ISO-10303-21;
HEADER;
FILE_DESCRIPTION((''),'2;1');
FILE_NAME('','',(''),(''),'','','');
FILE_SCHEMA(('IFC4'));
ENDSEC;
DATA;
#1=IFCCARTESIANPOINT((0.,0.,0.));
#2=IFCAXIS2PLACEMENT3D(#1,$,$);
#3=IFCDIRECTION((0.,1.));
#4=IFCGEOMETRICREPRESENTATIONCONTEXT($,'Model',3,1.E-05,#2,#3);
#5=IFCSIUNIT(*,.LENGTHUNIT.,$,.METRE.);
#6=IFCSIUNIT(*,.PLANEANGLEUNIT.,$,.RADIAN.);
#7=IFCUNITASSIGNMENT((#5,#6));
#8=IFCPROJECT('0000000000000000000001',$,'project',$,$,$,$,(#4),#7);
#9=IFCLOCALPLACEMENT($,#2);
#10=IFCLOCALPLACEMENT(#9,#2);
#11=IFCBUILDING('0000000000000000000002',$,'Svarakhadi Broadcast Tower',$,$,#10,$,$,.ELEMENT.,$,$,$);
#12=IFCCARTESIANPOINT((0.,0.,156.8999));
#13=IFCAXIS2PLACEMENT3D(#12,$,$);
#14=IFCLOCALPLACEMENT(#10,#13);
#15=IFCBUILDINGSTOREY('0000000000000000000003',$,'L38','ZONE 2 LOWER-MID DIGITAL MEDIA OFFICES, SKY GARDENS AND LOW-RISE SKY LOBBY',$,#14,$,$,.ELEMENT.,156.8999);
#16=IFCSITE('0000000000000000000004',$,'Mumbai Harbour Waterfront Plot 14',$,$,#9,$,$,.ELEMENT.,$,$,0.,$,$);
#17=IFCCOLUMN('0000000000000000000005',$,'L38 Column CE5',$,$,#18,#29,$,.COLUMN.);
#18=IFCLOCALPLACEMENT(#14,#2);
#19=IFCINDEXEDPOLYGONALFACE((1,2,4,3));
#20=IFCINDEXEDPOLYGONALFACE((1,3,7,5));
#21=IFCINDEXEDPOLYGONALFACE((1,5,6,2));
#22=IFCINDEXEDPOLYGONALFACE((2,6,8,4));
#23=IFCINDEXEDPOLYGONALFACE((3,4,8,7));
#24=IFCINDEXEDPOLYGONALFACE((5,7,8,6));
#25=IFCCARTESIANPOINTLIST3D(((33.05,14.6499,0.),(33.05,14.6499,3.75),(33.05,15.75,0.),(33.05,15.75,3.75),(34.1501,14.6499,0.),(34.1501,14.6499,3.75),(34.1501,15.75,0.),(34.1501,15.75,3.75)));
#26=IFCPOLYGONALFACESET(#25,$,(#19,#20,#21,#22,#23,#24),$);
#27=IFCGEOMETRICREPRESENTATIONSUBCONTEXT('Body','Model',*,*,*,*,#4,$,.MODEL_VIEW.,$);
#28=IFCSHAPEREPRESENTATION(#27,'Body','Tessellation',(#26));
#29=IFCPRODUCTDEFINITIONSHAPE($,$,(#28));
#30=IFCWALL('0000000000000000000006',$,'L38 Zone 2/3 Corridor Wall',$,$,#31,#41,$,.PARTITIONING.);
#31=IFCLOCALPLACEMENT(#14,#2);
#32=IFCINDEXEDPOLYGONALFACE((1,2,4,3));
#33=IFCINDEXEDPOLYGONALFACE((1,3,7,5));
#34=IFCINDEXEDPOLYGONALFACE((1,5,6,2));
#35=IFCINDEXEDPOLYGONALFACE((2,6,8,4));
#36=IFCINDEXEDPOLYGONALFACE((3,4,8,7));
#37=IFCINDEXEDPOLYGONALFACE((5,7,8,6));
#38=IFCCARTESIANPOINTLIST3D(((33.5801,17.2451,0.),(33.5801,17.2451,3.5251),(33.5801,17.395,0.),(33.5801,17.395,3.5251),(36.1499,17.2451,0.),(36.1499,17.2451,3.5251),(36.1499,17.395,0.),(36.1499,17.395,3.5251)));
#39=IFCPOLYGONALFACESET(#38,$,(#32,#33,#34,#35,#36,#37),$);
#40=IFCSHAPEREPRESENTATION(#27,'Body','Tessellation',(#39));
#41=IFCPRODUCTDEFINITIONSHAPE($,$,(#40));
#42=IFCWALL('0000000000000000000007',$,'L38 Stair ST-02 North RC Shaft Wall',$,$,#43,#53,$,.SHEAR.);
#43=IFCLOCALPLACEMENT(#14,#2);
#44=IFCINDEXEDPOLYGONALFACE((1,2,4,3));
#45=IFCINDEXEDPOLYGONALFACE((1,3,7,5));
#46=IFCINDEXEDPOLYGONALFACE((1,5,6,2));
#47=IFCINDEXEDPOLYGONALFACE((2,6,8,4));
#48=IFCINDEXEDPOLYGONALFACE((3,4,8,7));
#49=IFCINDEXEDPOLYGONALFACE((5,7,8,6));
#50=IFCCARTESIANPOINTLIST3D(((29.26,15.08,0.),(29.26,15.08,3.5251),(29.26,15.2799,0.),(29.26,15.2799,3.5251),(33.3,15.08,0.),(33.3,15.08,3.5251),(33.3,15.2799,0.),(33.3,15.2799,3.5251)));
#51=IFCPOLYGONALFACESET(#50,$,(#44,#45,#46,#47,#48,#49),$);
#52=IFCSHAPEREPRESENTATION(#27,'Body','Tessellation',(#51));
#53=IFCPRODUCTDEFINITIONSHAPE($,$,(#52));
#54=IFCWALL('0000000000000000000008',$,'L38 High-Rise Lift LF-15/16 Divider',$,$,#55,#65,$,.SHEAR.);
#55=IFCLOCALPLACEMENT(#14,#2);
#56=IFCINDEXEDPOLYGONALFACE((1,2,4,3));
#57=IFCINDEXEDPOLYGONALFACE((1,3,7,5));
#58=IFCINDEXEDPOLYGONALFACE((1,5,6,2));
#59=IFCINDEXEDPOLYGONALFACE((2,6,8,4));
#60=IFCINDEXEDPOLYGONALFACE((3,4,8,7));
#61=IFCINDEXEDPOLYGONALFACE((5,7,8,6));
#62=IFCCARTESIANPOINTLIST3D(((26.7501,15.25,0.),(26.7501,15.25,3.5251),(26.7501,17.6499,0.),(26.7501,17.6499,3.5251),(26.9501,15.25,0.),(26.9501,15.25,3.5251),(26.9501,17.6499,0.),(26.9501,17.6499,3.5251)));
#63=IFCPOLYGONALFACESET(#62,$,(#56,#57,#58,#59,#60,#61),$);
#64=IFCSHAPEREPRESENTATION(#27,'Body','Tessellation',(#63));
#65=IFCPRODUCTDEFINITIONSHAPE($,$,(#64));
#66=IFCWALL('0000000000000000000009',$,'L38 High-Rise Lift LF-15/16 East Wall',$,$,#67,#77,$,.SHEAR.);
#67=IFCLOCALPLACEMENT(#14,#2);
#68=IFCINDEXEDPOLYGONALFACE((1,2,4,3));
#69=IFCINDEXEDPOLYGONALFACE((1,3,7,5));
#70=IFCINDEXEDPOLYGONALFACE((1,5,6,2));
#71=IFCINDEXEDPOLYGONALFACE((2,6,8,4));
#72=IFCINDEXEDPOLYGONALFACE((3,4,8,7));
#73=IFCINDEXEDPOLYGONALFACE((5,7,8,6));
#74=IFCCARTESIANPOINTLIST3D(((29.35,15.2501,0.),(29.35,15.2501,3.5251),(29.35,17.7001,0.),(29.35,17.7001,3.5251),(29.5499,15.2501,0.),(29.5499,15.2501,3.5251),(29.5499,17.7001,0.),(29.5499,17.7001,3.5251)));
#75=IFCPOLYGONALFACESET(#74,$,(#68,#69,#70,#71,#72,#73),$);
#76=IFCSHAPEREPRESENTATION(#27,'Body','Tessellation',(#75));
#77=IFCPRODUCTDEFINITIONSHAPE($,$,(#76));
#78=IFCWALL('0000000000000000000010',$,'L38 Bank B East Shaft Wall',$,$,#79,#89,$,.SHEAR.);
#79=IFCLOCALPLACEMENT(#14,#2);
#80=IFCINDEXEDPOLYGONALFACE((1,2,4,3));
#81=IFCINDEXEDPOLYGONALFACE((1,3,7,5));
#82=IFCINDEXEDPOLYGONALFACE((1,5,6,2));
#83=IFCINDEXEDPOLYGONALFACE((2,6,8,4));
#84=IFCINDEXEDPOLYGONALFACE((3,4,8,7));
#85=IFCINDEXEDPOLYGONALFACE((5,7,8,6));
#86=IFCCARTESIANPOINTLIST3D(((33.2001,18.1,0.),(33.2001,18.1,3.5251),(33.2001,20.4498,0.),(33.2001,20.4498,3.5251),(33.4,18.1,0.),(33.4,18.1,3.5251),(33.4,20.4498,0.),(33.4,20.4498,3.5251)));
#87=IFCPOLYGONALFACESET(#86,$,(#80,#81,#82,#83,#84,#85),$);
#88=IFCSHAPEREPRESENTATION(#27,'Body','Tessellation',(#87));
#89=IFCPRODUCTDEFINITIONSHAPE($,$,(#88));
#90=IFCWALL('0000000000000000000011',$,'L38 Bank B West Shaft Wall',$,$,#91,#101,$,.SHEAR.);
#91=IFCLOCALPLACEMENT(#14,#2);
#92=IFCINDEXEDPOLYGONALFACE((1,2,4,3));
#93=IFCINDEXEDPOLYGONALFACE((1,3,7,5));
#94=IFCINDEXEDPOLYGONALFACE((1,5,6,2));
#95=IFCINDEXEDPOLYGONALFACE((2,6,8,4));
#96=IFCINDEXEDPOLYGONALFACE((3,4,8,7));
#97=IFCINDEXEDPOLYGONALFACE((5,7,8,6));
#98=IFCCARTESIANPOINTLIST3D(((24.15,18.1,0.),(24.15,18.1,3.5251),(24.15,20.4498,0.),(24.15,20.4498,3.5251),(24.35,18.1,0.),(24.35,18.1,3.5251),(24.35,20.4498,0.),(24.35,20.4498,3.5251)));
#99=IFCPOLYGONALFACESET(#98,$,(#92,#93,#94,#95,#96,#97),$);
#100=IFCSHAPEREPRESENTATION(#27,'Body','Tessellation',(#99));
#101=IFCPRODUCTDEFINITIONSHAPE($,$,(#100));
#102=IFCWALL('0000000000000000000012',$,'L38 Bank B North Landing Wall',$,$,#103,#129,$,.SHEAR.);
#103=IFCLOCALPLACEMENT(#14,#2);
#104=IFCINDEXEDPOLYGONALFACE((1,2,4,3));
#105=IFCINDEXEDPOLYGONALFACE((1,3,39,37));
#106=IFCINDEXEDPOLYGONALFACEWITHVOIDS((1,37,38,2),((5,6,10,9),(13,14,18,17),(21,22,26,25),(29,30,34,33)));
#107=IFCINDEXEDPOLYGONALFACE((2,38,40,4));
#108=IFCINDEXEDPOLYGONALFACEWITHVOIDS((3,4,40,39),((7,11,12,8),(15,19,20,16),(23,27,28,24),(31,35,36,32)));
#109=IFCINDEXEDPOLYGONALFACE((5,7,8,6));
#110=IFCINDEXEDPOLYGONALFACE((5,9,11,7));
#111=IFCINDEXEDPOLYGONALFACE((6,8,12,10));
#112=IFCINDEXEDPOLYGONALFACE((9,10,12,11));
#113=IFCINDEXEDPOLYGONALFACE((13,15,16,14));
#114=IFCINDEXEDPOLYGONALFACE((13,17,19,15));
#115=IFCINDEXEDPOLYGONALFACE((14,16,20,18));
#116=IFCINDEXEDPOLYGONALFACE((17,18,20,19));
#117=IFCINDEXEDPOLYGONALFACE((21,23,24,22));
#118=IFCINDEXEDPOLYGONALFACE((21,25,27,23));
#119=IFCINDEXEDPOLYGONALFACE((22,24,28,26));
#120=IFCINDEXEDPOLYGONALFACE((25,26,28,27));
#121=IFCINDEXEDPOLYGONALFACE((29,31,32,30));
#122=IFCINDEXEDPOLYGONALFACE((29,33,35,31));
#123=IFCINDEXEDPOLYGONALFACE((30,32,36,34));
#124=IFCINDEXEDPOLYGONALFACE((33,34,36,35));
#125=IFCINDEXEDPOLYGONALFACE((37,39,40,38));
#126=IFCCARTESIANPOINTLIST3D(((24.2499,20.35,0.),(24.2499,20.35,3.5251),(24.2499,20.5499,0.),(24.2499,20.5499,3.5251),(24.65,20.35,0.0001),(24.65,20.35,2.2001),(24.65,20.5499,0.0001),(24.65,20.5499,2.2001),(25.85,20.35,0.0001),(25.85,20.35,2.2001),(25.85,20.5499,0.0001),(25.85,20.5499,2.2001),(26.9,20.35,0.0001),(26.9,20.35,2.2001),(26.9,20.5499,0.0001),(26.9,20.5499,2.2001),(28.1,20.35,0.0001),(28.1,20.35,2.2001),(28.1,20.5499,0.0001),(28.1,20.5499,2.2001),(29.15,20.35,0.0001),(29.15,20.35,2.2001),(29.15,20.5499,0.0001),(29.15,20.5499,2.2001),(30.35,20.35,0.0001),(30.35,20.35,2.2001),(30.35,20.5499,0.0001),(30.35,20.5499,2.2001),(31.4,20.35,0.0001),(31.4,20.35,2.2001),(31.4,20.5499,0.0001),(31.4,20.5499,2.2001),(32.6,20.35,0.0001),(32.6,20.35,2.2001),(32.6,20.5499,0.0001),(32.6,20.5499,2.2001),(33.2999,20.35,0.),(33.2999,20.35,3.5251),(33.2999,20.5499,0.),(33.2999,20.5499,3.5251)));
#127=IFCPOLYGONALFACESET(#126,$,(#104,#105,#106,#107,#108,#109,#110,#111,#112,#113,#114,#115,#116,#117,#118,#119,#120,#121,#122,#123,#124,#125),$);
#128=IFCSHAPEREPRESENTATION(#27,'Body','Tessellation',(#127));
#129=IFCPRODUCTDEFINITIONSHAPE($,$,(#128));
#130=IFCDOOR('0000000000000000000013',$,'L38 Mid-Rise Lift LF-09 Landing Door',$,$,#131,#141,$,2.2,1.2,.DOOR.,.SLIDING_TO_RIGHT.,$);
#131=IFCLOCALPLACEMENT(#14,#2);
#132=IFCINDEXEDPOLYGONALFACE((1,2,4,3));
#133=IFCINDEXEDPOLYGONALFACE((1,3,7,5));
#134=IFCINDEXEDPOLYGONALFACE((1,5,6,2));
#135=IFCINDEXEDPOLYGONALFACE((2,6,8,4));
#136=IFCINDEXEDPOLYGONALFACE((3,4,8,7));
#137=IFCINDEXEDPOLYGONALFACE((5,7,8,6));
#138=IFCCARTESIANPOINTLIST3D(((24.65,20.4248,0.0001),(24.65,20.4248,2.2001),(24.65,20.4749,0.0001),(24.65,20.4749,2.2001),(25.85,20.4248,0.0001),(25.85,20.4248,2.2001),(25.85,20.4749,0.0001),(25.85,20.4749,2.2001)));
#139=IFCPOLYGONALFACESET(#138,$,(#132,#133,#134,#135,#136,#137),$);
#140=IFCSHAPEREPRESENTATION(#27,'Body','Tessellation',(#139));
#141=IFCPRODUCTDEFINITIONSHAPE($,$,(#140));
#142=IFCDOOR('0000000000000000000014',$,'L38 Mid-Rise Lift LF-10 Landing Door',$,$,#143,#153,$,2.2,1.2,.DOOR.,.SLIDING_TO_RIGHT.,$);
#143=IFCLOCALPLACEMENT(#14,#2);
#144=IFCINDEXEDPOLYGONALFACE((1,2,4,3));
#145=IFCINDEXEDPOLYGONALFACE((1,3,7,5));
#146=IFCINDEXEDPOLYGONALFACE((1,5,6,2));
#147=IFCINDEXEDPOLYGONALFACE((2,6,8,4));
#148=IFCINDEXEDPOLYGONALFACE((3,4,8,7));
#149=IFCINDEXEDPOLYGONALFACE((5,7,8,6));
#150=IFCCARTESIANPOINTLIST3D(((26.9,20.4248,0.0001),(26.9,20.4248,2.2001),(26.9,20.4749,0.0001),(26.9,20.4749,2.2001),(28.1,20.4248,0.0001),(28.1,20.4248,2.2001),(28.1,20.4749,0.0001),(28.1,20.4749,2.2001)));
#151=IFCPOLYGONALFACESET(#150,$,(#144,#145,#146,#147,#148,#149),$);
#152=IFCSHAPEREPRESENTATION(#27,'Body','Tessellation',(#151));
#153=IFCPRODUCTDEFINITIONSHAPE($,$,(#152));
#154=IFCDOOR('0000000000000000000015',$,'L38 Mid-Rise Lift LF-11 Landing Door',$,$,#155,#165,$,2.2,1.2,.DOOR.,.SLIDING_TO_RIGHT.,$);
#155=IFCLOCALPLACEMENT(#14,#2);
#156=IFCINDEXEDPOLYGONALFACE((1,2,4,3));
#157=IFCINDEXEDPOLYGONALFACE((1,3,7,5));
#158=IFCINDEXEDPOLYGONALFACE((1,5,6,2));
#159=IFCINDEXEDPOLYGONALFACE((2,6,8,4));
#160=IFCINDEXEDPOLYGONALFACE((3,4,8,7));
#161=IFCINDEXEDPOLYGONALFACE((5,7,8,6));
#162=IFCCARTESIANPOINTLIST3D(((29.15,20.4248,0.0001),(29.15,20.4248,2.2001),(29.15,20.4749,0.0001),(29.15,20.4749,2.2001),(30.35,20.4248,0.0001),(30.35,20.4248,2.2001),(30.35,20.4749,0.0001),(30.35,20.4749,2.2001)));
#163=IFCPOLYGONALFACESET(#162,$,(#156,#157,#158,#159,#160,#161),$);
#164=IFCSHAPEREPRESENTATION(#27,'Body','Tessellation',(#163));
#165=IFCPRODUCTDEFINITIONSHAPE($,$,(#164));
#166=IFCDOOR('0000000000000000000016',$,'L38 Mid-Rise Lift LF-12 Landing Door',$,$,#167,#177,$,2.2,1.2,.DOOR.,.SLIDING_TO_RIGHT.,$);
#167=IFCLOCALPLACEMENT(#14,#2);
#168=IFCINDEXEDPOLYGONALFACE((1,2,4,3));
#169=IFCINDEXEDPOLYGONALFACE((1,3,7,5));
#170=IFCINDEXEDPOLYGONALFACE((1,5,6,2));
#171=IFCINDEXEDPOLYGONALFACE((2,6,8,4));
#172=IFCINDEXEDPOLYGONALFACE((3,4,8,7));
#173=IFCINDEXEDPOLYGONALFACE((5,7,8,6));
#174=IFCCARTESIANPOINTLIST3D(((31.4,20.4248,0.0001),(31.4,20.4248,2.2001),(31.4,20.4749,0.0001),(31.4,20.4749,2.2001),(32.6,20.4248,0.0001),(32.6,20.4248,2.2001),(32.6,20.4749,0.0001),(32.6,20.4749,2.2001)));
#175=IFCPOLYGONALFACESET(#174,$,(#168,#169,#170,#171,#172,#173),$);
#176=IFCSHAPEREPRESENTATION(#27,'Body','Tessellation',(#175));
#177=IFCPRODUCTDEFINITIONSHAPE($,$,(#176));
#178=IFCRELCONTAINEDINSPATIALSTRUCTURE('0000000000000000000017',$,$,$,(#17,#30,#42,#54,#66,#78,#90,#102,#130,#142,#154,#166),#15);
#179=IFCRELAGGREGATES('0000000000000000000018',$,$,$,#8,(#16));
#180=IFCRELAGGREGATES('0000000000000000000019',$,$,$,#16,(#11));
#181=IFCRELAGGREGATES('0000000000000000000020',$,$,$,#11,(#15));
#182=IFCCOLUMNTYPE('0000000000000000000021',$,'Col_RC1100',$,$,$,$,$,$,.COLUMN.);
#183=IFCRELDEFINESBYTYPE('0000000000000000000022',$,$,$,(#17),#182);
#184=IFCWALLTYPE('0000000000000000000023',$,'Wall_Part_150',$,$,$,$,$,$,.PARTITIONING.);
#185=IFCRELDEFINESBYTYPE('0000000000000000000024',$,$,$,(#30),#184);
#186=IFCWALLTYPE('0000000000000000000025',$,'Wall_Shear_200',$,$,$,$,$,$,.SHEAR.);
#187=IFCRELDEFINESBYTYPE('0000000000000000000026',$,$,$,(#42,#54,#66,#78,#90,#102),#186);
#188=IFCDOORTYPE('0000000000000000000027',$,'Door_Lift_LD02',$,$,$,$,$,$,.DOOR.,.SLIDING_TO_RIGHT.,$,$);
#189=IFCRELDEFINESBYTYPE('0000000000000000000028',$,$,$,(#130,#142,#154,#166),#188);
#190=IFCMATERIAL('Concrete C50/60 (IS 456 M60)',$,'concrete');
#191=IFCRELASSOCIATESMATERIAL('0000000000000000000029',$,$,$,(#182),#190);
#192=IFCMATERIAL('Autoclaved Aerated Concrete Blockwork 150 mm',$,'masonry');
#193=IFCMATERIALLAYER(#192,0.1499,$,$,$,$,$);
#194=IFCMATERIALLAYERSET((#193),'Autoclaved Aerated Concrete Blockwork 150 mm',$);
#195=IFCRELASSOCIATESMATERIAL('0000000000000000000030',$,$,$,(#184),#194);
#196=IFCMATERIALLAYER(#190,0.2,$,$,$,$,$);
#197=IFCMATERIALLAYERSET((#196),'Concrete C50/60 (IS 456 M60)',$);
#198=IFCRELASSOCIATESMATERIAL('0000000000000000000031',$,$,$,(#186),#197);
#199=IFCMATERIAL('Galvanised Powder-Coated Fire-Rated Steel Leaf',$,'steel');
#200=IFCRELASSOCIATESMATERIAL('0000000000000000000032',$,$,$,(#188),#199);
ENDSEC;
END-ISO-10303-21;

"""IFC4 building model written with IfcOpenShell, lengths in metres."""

from ifc_helpers import new_model, si_unit, direction, frame, frame_2d, origin, origin_2d, place, context, subcontext, project, spatial, rectangle, extrude, material, layer, layer_set, material_profile, profile_set, type_object, element, fill, save


model = new_model("IFC4")

# Units and contexts
model_context = context("Model", 3, precision=1e-05, world=origin(), true_north=direction((0.0, 1.0)))
body_context = subcontext(model_context, "Body", "Model", "MODEL_VIEW")
ifc_project = project(units=[si_unit("LENGTHUNIT", "METRE"), si_unit("PLANEANGLEUNIT", "RADIAN")], contexts=[model_context])

# Site, building, storey
site_placement = place(None, origin())
site = spatial("IfcSite", under=ifc_project, at=site_placement, Name="Mumbai Harbour Waterfront Plot 14", CompositionType="ELEMENT", RefElevation=0.0)
building_placement = place(site_placement, origin())
building = spatial("IfcBuilding", under=site, at=building_placement, Name="Svarakhadi Broadcast Tower", CompositionType="ELEMENT")
storey_placement = place(building_placement, frame((0.0, 0.0, 156.8999)))
storey = spatial("IfcBuildingStorey", under=building, at=storey_placement, Name="L38", Description="ZONE 2 LOWER-MID DIGITAL MEDIA OFFICES, SKY GARDENS AND LOW-RISE SKY LOBBY", CompositionType="ELEMENT", Elevation=156.8999)

# Column
ifc_material_1 = material(Name="Concrete C50/60 (IS 456 M60)", Category="concrete")
ifc_material_profile = material_profile(ifc_material_1, rectangle(XDim=1.1001, YDim=1.1001, at=origin_2d()), Name="RC 1100x1100")
ifc_profile_set = profile_set([ifc_material_profile], Name="Concrete C50/60 (IS 456 M60)")
column_type = type_object("IfcColumnType", Name="Col_RC1100", PredefinedType="COLUMN", material=ifc_profile_set)
column_placement = place(storey_placement, frame((33.6001, 15.2, 0.0), z_axis=(0.0, 0.0, 1.0), x_axis=(1.0, 0.0, 0.0)))
element("IfcColumn", 1, at=column_placement, inside=storey, type_object=column_type, Name="L38 Column CE5", PredefinedType="COLUMN", context=body_context, shape_type="SweptSolid", body=[
    extrude(rectangle(XDim=1.1001, YDim=1.1001, at=origin_2d()), origin(), (0.0, 0.0, 1.0), 3.75),
])

# Walls
ifc_material_2 = material(Name="Autoclaved Aerated Concrete Blockwork 150 mm", Category="masonry")
ifc_layer_1 = layer(ifc_material_2, 0.1499)
ifc_layer_set_1 = layer_set([ifc_layer_1], Name="Autoclaved Aerated Concrete Blockwork 150 mm")
wall_type_1 = type_object("IfcWallType", Name="Wall_Part_150", PredefinedType="PARTITIONING", material=ifc_layer_set_1)
wall_1_placement = place(storey_placement, frame((33.5801, 17.3201, 0.0), z_axis=(0.0, 0.0, 1.0), x_axis=(1.0, 0.0, 0.0)))
element("IfcWall", 2, at=wall_1_placement, inside=storey, type_object=wall_type_1, Name="L38 Zone 2/3 Corridor Wall", PredefinedType="PARTITIONING", context=body_context, shape_type="SweptSolid", body=[
    extrude(rectangle(XDim=2.5698, YDim=0.1499, at=frame_2d((1.2849, 0.0))), origin(), (0.0, 0.0, 1.0), 3.5251),
])
ifc_layer_2 = layer(ifc_material_1, 0.2)
ifc_layer_set_2 = layer_set([ifc_layer_2], Name="Concrete C50/60 (IS 456 M60)")
wall_type_2 = type_object("IfcWallType", Name="Wall_Shear_200", PredefinedType="SHEAR", material=ifc_layer_set_2)
wall_2_placement = place(storey_placement, frame((29.26, 15.1799, 0.0), z_axis=(0.0, 0.0, 1.0), x_axis=(1.0, 0.0, 0.0)))
element("IfcWall", 3, at=wall_2_placement, inside=storey, type_object=wall_type_2, Name="L38 Stair ST-02 North RC Shaft Wall", PredefinedType="SHEAR", context=body_context, shape_type="SweptSolid", body=[
    extrude(rectangle(XDim=4.04, YDim=0.2, at=frame_2d((2.02, 0.0))), origin(), (0.0, 0.0, 1.0), 3.5251),
])

# Shared definitions
ifc_material_3 = material(Name="Galvanised Powder-Coated Fire-Rated Steel Leaf", Category="steel")

# Walls
wall_3_placement = place(storey_placement, frame((26.8501, 15.25, 0.0), z_axis=(0.0, 0.0, 1.0), x_axis=(0.0, 1.0, 0.0)))
element("IfcWall", 4, at=wall_3_placement, inside=storey, type_object=wall_type_2, Name="L38 High-Rise Lift LF-15/16 Divider", PredefinedType="SHEAR", context=body_context, shape_type="SweptSolid", body=[
    extrude(rectangle(XDim=2.3999, YDim=0.2, at=frame_2d((1.2, 0.0))), origin(), (0.0, 0.0, 1.0), 3.5251),
])
wall_4_placement = place(storey_placement, frame((29.45, 15.25, 0.0), z_axis=(0.0, 0.0, 1.0), x_axis=(0.0, 1.0, 0.0)))
element("IfcWall", 5, at=wall_4_placement, inside=storey, type_object=wall_type_2, Name="L38 High-Rise Lift LF-15/16 East Wall", PredefinedType="SHEAR", context=body_context, shape_type="SweptSolid", body=[
    extrude(rectangle(XDim=2.45, YDim=0.2, at=frame_2d((1.2251, 0.0))), origin(), (0.0, 0.0, 1.0), 3.5251),
])
for number, where, z_axis, x_axis, name in (
    (6, (33.3, 18.1001, 0.0), (0.0, 0.0, 1.0), (0.0, 1.0, 0.0), "L38 Bank B East Shaft Wall"),
    (7, (24.25, 18.1001, 0.0), (0.0, 0.0, 1.0), (0.0, 1.0, 0.0), "L38 Bank B West Shaft Wall"),
):
    element("IfcWall", number, at=place(storey_placement, frame(where, z_axis=z_axis, x_axis=x_axis)), inside=storey, type_object=wall_type_2, Name=name, PredefinedType="SHEAR", context=body_context, shape_type="SweptSolid", body=[
        extrude(rectangle(XDim=2.3499, YDim=0.2, at=frame_2d((1.1748, 0.0))), origin(), (0.0, 0.0, 1.0), 3.5251),
    ])

# Wall, openings, doors
wall_5_placement = place(storey_placement, frame((24.25, 20.45, 0.0), z_axis=(0.0, 0.0, 1.0), x_axis=(1.0, 0.0, 0.0)))
wall_5 = element("IfcWall", 8, at=wall_5_placement, inside=storey, type_object=wall_type_2, Name="L38 Bank B North Landing Wall", PredefinedType="SHEAR", context=body_context, shape_type="SweptSolid", body=[
    extrude(rectangle(XDim=9.05, YDim=0.2, at=frame_2d((4.5249, 0.0))), origin(), (0.0, 0.0, 1.0), 3.5251),
])
opening_1_placement = place(wall_5_placement, frame((0.3999, 0.0, 0.0)))
opening_1 = element("IfcOpeningElement", 9, at=opening_1_placement, cuts=wall_5, PredefinedType="OPENING", context=body_context, shape_type="SweptSolid", body=[
    extrude(rectangle(XDim=1.2, YDim=2.2, at=frame_2d((0.6001, 1.1001))), frame((0.0, 0.1099, 0.0), z_axis=(0.0, -1.0, 0.0), x_axis=(1.0, 0.0, 0.0)), (0.0, 0.0, 1.0), 0.22),
])
opening_2_placement = place(wall_5_placement, frame((2.6499, 0.0, 0.0)))
opening_2 = element("IfcOpeningElement", 10, at=opening_2_placement, cuts=wall_5, PredefinedType="OPENING", context=body_context, shape_type="SweptSolid", body=[
    extrude(rectangle(XDim=1.2, YDim=2.2, at=frame_2d((0.6001, 1.1001))), frame((0.0, 0.1099, 0.0), z_axis=(0.0, -1.0, 0.0), x_axis=(1.0, 0.0, 0.0)), (0.0, 0.0, 1.0), 0.22),
])
opening_3_placement = place(wall_5_placement, frame((4.8999, 0.0, 0.0)))
opening_3 = element("IfcOpeningElement", 11, at=opening_3_placement, cuts=wall_5, PredefinedType="OPENING", context=body_context, shape_type="SweptSolid", body=[
    extrude(rectangle(XDim=1.2, YDim=2.2, at=frame_2d((0.6001, 1.1001))), frame((0.0, 0.1099, 0.0), z_axis=(0.0, -1.0, 0.0), x_axis=(1.0, 0.0, 0.0)), (0.0, 0.0, 1.0), 0.22),
])
opening_4_placement = place(wall_5_placement, frame((7.1499, 0.0, 0.0)))
opening_4 = element("IfcOpeningElement", 12, at=opening_4_placement, cuts=wall_5, PredefinedType="OPENING", context=body_context, shape_type="SweptSolid", body=[
    extrude(rectangle(XDim=1.2, YDim=2.2, at=frame_2d((0.6001, 1.1001))), frame((0.0, 0.1099, 0.0), z_axis=(0.0, -1.0, 0.0), x_axis=(1.0, 0.0, 0.0)), (0.0, 0.0, 1.0), 0.22),
])
door_type_1 = type_object("IfcDoorType", Name="Door_Lift_LD02", OperationType="SLIDING_TO_RIGHT", PredefinedType="DOOR", material=ifc_material_3)
door_1_placement = place(opening_1_placement, origin())
door_1 = element("IfcDoor", 13, at=door_1_placement, inside=storey, type_object=door_type_1, Name="L38 Mid-Rise Lift LF-09 Landing Door", OperationType="SLIDING_TO_RIGHT", OverallHeight=2.2, OverallWidth=1.2, PredefinedType="DOOR", context=body_context, shape_type="SweptSolid", body=[
    extrude(rectangle(XDim=1.2, YDim=2.2, at=frame_2d((0.6001, 1.1001))), frame((0.0, 0.0249, 0.0), z_axis=(0.0, -1.0, 0.0), x_axis=(1.0, 0.0, 0.0)), (0.0, 0.0, 1.0), 0.05),
])
fill(opening_1, door_1)
door_2_placement = place(opening_2_placement, origin())
door_2 = element("IfcDoor", 14, at=door_2_placement, inside=storey, type_object=door_type_1, Name="L38 Mid-Rise Lift LF-10 Landing Door", OperationType="SLIDING_TO_RIGHT", OverallHeight=2.2, OverallWidth=1.2, PredefinedType="DOOR", context=body_context, shape_type="SweptSolid", body=[
    extrude(rectangle(XDim=1.2, YDim=2.2, at=frame_2d((0.6001, 1.1001))), frame((0.0, 0.0249, 0.0), z_axis=(0.0, -1.0, 0.0), x_axis=(1.0, 0.0, 0.0)), (0.0, 0.0, 1.0), 0.05),
])
fill(opening_2, door_2)
door_3_placement = place(opening_3_placement, origin())
door_3 = element("IfcDoor", 15, at=door_3_placement, inside=storey, type_object=door_type_1, Name="L38 Mid-Rise Lift LF-11 Landing Door", OperationType="SLIDING_TO_RIGHT", OverallHeight=2.2, OverallWidth=1.2, PredefinedType="DOOR", context=body_context, shape_type="SweptSolid", body=[
    extrude(rectangle(XDim=1.2, YDim=2.2, at=frame_2d((0.6001, 1.1001))), frame((0.0, 0.0249, 0.0), z_axis=(0.0, -1.0, 0.0), x_axis=(1.0, 0.0, 0.0)), (0.0, 0.0, 1.0), 0.05),
])
fill(opening_3, door_3)
door_4_placement = place(opening_4_placement, origin())
door_4 = element("IfcDoor", 16, at=door_4_placement, inside=storey, type_object=door_type_1, Name="L38 Mid-Rise Lift LF-12 Landing Door", OperationType="SLIDING_TO_RIGHT", OverallHeight=2.2, OverallWidth=1.2, PredefinedType="DOOR", context=body_context, shape_type="SweptSolid", body=[
    extrude(rectangle(XDim=1.2, YDim=2.2, at=frame_2d((0.6001, 1.1001))), frame((0.0, 0.0249, 0.0), z_axis=(0.0, -1.0, 0.0), x_axis=(1.0, 0.0, 0.0)), (0.0, 0.0, 1.0), 0.05),
])
fill(opening_4, door_4)

save(model, "model.ifc")
